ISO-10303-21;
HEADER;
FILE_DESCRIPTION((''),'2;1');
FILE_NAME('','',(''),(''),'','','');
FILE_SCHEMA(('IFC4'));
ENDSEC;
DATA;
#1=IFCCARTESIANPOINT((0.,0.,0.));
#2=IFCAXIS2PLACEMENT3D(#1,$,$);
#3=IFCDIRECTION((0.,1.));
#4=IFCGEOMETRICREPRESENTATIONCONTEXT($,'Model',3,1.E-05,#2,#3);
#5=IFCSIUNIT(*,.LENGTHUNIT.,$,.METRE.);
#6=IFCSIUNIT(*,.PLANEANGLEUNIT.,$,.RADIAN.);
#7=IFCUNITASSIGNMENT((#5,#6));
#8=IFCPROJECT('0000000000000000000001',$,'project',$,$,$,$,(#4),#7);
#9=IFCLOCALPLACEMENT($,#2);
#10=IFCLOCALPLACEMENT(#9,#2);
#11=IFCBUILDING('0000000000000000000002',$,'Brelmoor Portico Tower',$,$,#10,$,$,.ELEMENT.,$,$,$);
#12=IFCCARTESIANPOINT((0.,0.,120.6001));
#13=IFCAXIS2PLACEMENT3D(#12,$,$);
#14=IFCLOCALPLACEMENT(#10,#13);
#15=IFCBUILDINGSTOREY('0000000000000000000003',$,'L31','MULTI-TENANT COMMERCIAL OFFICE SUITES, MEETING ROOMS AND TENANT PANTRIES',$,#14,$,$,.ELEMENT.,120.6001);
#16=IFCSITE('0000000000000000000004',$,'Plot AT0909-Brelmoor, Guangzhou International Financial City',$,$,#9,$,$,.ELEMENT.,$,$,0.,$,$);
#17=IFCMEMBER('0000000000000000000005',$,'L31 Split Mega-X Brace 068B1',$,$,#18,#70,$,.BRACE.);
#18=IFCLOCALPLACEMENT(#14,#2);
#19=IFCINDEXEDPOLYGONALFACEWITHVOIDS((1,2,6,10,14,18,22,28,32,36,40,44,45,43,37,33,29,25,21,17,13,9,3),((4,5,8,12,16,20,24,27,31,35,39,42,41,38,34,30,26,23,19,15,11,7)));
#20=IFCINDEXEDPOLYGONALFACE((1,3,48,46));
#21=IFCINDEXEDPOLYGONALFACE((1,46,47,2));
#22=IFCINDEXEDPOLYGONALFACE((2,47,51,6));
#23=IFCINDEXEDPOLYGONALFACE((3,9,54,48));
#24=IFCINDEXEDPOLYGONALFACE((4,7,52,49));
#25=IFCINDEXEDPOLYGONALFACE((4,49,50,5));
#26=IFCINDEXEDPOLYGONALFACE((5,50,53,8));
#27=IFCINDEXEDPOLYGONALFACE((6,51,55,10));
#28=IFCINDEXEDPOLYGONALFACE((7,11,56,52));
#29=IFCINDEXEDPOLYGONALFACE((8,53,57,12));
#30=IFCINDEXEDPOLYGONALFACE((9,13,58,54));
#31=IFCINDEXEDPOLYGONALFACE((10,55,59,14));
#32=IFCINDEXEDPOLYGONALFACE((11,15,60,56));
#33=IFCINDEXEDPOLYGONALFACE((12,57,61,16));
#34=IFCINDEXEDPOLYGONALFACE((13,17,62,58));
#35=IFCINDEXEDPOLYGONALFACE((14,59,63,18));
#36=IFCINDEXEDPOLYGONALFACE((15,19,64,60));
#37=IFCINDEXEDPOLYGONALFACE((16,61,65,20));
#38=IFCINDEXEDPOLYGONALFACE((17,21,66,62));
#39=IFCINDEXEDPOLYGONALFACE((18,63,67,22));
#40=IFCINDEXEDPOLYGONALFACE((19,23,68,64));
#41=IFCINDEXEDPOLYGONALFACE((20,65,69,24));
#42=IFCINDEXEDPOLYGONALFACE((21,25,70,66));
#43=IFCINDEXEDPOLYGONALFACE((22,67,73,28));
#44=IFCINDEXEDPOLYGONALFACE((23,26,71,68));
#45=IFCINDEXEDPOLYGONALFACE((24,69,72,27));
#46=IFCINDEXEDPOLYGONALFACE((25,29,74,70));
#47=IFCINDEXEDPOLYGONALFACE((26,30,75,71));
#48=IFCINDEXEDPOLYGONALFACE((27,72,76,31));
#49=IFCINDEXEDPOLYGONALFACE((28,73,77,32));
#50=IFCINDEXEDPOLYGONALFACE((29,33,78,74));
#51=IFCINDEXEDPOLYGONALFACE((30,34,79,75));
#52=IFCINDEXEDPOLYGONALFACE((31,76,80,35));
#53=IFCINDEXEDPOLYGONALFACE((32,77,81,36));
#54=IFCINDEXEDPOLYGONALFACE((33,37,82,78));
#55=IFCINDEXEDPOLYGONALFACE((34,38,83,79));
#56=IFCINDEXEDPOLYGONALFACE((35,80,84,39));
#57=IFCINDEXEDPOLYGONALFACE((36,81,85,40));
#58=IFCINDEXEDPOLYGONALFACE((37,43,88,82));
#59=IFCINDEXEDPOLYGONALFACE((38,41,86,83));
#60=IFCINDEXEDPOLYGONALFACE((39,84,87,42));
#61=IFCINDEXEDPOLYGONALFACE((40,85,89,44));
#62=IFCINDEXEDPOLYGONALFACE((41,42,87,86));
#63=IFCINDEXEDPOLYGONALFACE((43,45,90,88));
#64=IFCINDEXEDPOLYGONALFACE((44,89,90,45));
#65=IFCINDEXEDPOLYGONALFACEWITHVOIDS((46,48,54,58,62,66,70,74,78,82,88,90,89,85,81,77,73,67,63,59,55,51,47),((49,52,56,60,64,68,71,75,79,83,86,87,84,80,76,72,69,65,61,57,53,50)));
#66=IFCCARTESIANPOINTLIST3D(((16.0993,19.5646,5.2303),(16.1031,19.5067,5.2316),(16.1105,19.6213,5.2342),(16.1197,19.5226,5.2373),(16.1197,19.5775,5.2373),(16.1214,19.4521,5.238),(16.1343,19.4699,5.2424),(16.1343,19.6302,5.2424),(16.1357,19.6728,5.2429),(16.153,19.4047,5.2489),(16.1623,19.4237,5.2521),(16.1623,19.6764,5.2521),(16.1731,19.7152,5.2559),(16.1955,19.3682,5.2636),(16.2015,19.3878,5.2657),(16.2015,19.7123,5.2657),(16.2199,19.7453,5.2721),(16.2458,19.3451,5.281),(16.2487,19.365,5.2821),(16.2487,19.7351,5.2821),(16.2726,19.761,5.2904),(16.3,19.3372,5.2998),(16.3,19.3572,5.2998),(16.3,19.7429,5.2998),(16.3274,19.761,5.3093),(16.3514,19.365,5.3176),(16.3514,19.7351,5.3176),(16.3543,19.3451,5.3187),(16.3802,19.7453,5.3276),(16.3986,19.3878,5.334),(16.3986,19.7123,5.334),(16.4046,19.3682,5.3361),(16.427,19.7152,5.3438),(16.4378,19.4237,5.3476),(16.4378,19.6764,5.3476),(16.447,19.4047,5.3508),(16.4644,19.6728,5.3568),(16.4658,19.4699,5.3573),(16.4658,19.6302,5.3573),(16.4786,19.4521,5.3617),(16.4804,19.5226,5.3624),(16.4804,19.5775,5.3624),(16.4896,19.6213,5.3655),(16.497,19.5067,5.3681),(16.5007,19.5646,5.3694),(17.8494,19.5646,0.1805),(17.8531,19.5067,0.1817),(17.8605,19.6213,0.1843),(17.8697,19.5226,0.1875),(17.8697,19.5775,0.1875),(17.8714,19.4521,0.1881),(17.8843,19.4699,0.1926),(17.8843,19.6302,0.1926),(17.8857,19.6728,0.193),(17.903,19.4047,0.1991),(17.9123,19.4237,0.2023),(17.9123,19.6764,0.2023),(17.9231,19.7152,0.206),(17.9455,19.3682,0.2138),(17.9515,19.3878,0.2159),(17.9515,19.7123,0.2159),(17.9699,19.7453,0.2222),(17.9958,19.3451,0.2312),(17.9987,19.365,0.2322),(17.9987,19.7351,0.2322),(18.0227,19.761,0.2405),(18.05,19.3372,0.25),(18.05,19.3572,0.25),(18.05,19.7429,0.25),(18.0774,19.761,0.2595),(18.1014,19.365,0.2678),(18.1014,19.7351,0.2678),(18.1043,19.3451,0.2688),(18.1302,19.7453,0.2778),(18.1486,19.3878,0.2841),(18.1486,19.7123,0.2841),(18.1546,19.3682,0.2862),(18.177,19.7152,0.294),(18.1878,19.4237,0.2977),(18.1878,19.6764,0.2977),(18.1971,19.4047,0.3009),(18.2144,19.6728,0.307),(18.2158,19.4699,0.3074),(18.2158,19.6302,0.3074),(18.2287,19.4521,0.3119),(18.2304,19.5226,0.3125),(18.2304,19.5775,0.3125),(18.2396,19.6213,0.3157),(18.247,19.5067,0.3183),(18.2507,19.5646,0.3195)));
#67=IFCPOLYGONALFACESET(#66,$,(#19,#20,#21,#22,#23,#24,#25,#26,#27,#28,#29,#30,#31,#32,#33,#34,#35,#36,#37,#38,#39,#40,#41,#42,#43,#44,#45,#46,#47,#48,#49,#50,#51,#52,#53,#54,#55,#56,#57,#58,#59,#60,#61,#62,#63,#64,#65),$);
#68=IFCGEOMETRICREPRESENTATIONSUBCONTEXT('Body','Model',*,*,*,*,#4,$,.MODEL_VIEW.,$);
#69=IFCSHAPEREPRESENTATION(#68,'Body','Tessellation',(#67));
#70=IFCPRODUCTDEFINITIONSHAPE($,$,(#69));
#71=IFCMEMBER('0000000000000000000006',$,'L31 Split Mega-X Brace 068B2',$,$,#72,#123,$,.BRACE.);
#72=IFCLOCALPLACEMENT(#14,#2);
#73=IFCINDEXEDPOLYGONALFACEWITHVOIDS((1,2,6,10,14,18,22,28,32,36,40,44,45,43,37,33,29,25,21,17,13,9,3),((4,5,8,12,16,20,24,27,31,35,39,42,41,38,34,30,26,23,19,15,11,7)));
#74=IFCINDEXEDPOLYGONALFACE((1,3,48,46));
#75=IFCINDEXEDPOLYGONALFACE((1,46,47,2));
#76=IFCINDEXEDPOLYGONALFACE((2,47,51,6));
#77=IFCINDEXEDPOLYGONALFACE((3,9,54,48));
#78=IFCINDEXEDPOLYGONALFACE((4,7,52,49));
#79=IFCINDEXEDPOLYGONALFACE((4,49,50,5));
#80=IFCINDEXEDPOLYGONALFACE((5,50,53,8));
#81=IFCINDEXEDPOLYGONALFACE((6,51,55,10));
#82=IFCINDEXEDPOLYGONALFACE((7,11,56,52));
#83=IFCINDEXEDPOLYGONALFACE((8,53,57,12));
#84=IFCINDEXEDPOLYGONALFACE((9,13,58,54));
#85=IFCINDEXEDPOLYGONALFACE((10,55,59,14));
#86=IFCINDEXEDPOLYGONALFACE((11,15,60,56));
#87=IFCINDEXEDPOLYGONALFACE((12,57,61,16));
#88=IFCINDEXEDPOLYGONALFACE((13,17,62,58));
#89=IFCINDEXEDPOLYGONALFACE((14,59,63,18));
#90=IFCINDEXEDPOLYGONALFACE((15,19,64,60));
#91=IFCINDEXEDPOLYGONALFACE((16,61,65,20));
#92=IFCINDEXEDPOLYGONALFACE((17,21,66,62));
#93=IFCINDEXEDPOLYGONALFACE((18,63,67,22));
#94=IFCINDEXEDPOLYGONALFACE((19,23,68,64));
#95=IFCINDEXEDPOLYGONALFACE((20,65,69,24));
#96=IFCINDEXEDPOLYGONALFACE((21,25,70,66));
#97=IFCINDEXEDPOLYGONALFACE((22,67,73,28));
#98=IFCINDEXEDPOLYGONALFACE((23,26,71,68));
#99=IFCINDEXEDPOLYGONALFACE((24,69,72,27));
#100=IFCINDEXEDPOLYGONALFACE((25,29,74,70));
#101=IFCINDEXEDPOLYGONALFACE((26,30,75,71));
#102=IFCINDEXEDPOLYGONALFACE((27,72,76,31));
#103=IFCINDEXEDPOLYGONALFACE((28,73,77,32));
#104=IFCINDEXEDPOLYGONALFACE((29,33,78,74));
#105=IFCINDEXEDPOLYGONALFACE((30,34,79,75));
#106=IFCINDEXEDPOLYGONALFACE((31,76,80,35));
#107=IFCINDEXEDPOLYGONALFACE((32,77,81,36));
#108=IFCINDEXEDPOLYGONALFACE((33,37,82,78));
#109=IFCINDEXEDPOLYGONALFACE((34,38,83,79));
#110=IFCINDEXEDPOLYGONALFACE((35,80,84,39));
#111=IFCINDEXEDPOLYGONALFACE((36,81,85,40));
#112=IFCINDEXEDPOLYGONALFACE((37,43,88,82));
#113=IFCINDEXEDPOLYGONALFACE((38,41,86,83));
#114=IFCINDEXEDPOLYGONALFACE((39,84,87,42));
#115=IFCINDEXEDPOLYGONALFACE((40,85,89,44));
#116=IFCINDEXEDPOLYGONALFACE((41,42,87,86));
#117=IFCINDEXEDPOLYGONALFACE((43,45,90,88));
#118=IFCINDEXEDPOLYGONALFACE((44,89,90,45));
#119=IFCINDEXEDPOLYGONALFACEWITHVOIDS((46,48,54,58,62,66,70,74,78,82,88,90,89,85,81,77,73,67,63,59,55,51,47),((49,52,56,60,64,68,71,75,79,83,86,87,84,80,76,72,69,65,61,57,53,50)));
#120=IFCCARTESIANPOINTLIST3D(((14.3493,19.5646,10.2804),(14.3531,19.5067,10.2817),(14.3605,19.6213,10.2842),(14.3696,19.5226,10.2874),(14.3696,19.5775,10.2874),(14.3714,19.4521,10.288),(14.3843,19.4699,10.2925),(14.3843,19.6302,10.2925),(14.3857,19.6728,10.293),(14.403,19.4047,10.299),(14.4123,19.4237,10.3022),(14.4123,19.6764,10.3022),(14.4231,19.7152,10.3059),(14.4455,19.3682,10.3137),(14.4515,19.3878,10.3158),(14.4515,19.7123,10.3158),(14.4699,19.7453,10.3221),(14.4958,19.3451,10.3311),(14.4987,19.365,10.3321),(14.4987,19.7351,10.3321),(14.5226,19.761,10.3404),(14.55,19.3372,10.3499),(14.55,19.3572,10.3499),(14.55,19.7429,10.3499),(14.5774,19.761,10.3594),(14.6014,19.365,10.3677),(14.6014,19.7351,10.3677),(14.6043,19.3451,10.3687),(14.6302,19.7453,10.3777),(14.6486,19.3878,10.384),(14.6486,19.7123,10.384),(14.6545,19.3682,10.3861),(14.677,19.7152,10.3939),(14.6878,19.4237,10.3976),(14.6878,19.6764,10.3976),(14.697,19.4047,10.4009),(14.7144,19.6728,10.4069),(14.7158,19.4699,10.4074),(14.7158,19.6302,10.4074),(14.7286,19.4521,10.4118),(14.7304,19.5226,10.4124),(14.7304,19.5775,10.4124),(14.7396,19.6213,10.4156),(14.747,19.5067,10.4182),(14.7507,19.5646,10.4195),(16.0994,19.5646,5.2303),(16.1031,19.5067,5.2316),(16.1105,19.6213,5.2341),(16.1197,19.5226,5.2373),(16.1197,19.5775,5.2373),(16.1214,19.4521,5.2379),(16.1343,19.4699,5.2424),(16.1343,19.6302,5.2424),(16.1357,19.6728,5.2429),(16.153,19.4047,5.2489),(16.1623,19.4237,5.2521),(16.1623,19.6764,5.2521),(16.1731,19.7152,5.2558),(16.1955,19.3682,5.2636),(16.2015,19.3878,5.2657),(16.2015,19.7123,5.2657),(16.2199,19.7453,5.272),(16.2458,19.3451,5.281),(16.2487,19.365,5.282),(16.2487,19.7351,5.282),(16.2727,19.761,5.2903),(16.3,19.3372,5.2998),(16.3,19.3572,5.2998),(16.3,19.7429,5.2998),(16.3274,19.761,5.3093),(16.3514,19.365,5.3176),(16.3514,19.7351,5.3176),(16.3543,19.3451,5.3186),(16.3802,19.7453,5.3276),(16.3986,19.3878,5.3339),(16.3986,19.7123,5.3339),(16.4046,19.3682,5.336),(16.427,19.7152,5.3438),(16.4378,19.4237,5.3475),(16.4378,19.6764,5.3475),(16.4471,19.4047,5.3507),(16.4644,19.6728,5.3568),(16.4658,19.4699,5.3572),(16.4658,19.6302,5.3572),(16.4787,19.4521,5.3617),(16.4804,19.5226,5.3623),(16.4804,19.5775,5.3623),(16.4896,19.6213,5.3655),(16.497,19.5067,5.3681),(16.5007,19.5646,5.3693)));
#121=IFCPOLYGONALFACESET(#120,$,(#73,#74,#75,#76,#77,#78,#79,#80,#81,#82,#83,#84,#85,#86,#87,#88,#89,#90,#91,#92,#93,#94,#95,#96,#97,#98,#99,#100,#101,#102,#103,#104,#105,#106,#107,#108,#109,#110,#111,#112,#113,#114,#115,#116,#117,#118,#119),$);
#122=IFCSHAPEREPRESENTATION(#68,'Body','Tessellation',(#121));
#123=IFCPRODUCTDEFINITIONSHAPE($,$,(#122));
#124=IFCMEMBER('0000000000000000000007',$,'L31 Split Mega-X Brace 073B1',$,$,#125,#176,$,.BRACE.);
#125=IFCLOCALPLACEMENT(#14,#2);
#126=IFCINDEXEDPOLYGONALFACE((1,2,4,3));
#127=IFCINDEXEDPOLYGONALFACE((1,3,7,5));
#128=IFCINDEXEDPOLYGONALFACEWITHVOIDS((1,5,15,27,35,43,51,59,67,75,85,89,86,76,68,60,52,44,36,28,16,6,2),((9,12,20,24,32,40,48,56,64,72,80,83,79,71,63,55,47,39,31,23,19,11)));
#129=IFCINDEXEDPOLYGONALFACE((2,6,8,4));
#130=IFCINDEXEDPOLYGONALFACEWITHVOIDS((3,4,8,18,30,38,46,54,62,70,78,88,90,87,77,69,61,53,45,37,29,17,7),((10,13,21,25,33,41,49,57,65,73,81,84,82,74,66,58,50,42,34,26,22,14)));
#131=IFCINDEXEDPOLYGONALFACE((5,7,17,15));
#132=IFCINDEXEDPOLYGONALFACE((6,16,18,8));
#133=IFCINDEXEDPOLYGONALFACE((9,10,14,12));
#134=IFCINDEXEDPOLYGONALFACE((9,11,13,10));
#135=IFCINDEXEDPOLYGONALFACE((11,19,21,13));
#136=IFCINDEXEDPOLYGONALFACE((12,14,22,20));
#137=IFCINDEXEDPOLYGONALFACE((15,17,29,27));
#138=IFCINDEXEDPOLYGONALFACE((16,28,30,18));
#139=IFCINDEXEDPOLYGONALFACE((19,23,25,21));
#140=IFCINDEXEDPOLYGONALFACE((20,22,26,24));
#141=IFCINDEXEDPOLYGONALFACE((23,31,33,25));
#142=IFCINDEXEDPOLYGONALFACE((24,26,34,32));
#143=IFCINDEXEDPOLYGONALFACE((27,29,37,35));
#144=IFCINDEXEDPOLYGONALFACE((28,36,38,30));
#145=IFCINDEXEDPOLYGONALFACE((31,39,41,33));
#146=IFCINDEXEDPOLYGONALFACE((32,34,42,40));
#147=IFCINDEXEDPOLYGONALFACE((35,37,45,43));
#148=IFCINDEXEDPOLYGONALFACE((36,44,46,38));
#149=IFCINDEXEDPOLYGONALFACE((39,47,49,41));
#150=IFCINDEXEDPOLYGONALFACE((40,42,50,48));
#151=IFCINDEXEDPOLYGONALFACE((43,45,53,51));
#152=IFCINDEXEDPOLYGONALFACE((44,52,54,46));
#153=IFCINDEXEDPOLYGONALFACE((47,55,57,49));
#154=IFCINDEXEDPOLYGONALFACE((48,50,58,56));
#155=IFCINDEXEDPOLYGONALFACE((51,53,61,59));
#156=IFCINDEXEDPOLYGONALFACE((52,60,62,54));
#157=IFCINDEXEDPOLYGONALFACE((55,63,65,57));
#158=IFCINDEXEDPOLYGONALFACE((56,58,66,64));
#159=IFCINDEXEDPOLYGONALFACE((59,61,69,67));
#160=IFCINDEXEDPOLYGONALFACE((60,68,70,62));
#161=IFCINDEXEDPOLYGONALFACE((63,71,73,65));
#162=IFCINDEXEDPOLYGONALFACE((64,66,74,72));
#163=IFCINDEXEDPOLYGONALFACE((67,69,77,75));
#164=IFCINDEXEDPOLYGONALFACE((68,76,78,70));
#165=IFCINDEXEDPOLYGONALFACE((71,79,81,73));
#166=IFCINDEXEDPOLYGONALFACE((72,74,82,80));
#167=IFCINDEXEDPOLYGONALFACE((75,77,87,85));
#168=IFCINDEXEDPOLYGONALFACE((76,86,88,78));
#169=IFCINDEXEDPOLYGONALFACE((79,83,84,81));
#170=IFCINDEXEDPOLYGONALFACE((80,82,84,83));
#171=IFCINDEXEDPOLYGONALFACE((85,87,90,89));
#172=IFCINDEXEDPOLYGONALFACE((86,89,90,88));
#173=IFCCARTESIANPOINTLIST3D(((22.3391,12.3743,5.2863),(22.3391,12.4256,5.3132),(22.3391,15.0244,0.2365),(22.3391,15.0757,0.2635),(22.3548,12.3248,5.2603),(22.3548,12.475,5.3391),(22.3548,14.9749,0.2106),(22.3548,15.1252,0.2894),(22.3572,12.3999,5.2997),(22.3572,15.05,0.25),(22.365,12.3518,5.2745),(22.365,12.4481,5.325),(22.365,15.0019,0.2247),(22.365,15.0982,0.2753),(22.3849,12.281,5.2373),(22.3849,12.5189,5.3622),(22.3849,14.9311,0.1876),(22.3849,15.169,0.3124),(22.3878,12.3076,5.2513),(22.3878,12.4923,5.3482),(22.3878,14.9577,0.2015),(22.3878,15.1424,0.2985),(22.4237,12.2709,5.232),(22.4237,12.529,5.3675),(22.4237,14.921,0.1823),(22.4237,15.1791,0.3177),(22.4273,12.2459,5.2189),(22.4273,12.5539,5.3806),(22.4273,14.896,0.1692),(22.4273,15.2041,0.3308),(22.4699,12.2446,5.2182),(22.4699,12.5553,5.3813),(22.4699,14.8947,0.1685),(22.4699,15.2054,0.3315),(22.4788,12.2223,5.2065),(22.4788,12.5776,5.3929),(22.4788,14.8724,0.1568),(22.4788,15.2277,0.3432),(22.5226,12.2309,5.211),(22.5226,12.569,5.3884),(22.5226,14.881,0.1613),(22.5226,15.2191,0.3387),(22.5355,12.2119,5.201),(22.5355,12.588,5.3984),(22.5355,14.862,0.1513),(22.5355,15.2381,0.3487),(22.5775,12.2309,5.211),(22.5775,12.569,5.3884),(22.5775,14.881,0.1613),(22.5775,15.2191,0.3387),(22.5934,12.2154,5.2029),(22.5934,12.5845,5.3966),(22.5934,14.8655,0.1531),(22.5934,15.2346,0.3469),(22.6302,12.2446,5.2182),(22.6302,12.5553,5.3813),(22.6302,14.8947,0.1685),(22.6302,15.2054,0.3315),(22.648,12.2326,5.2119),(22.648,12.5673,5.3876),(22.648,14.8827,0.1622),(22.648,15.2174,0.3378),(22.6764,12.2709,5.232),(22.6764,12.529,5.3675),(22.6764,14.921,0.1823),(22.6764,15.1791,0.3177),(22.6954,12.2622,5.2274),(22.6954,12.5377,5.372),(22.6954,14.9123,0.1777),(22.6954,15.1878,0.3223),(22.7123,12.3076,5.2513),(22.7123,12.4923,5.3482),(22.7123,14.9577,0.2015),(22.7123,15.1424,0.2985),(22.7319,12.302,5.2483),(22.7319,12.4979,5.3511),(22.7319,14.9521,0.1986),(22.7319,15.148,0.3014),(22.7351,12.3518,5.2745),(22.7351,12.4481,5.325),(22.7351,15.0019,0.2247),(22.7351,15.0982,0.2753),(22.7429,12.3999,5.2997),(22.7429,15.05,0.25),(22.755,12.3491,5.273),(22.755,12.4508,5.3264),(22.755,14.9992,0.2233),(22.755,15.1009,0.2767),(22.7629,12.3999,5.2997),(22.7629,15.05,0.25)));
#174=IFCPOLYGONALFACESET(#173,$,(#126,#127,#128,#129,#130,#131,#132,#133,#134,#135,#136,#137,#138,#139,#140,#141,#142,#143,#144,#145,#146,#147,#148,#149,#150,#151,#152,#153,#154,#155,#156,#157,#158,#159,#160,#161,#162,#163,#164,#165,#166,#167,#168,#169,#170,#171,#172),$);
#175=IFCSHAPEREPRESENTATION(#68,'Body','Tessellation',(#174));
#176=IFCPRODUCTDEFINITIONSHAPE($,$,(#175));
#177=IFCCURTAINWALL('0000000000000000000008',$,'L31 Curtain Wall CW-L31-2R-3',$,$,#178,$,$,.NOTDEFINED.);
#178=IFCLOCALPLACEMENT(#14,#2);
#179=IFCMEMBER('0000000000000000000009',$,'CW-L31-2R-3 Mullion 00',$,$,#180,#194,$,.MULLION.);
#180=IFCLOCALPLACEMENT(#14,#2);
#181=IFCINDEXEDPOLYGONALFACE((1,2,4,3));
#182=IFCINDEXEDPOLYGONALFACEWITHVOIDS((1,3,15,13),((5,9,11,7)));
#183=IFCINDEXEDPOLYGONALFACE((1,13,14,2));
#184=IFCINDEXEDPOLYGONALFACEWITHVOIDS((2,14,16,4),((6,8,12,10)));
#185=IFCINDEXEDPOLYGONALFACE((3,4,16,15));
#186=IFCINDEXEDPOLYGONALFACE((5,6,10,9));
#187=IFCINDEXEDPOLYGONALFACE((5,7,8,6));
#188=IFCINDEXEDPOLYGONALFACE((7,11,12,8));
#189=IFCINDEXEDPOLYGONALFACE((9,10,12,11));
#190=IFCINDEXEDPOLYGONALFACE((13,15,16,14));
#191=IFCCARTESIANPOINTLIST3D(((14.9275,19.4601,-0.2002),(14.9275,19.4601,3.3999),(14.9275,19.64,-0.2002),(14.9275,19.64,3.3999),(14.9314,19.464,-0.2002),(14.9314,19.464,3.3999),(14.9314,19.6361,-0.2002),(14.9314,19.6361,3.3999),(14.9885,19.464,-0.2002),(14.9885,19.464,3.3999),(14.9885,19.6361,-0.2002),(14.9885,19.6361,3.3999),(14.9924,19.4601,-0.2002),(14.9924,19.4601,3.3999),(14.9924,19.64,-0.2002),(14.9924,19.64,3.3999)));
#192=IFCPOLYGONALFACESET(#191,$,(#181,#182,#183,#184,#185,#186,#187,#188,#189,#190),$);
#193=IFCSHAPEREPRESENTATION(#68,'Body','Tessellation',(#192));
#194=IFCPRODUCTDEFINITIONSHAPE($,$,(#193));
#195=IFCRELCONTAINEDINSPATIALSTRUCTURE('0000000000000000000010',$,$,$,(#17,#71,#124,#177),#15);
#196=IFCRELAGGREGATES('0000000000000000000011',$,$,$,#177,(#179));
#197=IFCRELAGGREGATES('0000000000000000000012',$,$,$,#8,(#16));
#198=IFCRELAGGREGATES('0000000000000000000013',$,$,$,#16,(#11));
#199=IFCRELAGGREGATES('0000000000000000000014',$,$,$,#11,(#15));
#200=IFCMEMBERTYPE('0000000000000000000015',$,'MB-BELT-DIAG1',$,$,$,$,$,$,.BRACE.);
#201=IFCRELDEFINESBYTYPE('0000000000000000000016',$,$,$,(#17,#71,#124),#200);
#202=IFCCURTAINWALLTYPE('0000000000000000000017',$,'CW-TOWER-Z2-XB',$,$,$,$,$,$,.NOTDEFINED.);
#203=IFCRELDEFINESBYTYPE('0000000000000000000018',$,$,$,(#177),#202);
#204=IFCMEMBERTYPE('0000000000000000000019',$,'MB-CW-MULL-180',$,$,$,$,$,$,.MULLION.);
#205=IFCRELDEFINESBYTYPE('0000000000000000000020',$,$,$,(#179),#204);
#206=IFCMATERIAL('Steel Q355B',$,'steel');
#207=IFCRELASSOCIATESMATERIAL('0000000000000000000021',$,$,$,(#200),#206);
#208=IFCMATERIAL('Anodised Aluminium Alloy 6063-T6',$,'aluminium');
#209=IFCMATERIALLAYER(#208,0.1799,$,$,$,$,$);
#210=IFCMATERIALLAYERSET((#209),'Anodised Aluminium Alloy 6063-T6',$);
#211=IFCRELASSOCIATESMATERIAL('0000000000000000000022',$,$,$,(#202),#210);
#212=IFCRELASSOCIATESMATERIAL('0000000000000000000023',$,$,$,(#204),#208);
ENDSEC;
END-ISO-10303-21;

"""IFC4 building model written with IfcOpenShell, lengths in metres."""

from ifc_helpers import new_model, si_unit, direction, frame, origin, origin_2d, place, context, subcontext, project, spatial, hollow_rectangle, hollow_circle, extrude, material, layer, layer_set, material_profile, profile_set, type_object, element, aggregate, save


model = new_model("IFC4")

# Units and contexts
model_context = context("Model", 3, precision=1e-05, world=origin(), true_north=direction((0.0, 1.0)))
body_context = subcontext(model_context, "Body", "Model", "MODEL_VIEW")
ifc_project = project(units=[si_unit("LENGTHUNIT", "METRE"), si_unit("PLANEANGLEUNIT", "RADIAN")], contexts=[model_context])

# Site, building, storey
site_placement = place(None, origin())
site = spatial("IfcSite", under=ifc_project, at=site_placement, Name="Plot AT0909-Brelmoor, Guangzhou International Financial City", CompositionType="ELEMENT", RefElevation=0.0)
building_placement = place(site_placement, origin())
building = spatial("IfcBuilding", under=site, at=building_placement, Name="Brelmoor Portico Tower", CompositionType="ELEMENT")
storey_placement = place(building_placement, frame((0.0, 0.0, 120.6001)))
storey = spatial("IfcBuildingStorey", under=building, at=storey_placement, Name="L31", Description="MULTI-TENANT COMMERCIAL OFFICE SUITES, MEETING ROOMS AND TENANT PANTRIES", CompositionType="ELEMENT", Elevation=120.6001)

# Shared definitions
ifc_material_1 = material(Name="Steel Q355B", Category="steel")

# Members
ifc_material_profile_1 = material_profile(ifc_material_1, hollow_circle(Radius=0.2129, WallThickness=0.02, at=origin_2d()), Name="CHS 426x20")
ifc_profile_set_1 = profile_set([ifc_material_profile_1], Name="Steel Q355B")
member_type_1 = type_object("IfcMemberType", Name="MB-BELT-DIAG1", PredefinedType="BRACE", material=ifc_profile_set_1)
member_1_placement = place(storey_placement, frame((18.05, 19.55, 0.25), z_axis=(-0.327443, 0.0, 0.944871), x_axis=(0.0, -1.0, 0.0)))
element("IfcMember", 1, at=member_1_placement, inside=storey, type_object=member_type_1, Name="L31 Split Mega-X Brace 068B1", PredefinedType="BRACE", context=body_context, shape_type="SweptSolid", body=[
    extrude(hollow_circle(Radius=0.2129, WallThickness=0.02, at=origin_2d()), origin(), (0.0, 0.0, 1.0), 5.3445),
])
member_2_placement = place(storey_placement, frame((16.3, 19.55, 5.2998), z_axis=(-0.327429, 0.0, 0.944876), x_axis=(0.0, -1.0, 0.0)))
element("IfcMember", 2, at=member_2_placement, inside=storey, type_object=member_type_1, Name="L31 Split Mega-X Brace 068B2", PredefinedType="BRACE", context=body_context, shape_type="SweptSolid", body=[
    extrude(hollow_circle(Radius=0.2129, WallThickness=0.02, at=origin_2d()), origin(), (0.0, 0.0, 1.0), 5.3447),
])
member_3_placement = place(storey_placement, frame((22.55, 15.05, 0.25), z_axis=(0.0, -0.464696, 0.88547), x_axis=(1.0, 0.0, 0.0)))
element("IfcMember", 3, at=member_3_placement, inside=storey, type_object=member_type_1, Name="L31 Split Mega-X Brace 073B1", PredefinedType="BRACE", context=body_context, shape_type="SweptSolid", body=[
    extrude(hollow_circle(Radius=0.2129, WallThickness=0.02, at=origin_2d()), origin(), (0.0, 0.0, 1.0), 5.7029),
])

# Curtain wall, member
ifc_material_2 = material(Name="Anodised Aluminium Alloy 6063-T6", Category="aluminium")
ifc_layer_1 = layer(ifc_material_2, 0.1799)
ifc_layer_set_1 = layer_set([ifc_layer_1], Name="Anodised Aluminium Alloy 6063-T6")
curtain_wall_type = type_object("IfcCurtainWallType", Name="CW-TOWER-Z2-XB", PredefinedType="NOTDEFINED", material=ifc_layer_set_1)
curtain_wall_1_placement = place(storey_placement, origin())
curtain_wall_1 = element("IfcCurtainWall", 4, at=curtain_wall_1_placement, inside=storey, type_object=curtain_wall_type, Name="L31 Curtain Wall CW-L31-2R-3", PredefinedType="NOTDEFINED")
ifc_material_profile_2 = material_profile(ifc_material_2, hollow_rectangle(XDim=0.0649, YDim=0.1799, WallThickness=0.0039, at=origin_2d()), Name="ALU MULLION 65x180")
ifc_profile_set_2 = profile_set([ifc_material_profile_2], Name="Anodised Aluminium Alloy 6063-T6")
member_type_2 = type_object("IfcMemberType", Name="MB-CW-MULL-180", PredefinedType="MULLION", material=ifc_profile_set_2)
member_4_placement = place(storey_placement, frame((14.96, 19.55, -0.2002), z_axis=(0.0, 0.0, 1.0), x_axis=(1.0, 0.0, 0.0)))
member_4 = element("IfcMember", 5, at=member_4_placement, type_object=member_type_2, Name="CW-L31-2R-3 Mullion 00", PredefinedType="MULLION", context=body_context, shape_type="SweptSolid", body=[
    extrude(hollow_rectangle(XDim=0.0649, YDim=0.1799, WallThickness=0.0039, at=origin_2d()), origin(), (0.0, 0.0, 1.0), 3.6001),
])

aggregate(curtain_wall_1, [member_4])

save(model, "model.ifc")
